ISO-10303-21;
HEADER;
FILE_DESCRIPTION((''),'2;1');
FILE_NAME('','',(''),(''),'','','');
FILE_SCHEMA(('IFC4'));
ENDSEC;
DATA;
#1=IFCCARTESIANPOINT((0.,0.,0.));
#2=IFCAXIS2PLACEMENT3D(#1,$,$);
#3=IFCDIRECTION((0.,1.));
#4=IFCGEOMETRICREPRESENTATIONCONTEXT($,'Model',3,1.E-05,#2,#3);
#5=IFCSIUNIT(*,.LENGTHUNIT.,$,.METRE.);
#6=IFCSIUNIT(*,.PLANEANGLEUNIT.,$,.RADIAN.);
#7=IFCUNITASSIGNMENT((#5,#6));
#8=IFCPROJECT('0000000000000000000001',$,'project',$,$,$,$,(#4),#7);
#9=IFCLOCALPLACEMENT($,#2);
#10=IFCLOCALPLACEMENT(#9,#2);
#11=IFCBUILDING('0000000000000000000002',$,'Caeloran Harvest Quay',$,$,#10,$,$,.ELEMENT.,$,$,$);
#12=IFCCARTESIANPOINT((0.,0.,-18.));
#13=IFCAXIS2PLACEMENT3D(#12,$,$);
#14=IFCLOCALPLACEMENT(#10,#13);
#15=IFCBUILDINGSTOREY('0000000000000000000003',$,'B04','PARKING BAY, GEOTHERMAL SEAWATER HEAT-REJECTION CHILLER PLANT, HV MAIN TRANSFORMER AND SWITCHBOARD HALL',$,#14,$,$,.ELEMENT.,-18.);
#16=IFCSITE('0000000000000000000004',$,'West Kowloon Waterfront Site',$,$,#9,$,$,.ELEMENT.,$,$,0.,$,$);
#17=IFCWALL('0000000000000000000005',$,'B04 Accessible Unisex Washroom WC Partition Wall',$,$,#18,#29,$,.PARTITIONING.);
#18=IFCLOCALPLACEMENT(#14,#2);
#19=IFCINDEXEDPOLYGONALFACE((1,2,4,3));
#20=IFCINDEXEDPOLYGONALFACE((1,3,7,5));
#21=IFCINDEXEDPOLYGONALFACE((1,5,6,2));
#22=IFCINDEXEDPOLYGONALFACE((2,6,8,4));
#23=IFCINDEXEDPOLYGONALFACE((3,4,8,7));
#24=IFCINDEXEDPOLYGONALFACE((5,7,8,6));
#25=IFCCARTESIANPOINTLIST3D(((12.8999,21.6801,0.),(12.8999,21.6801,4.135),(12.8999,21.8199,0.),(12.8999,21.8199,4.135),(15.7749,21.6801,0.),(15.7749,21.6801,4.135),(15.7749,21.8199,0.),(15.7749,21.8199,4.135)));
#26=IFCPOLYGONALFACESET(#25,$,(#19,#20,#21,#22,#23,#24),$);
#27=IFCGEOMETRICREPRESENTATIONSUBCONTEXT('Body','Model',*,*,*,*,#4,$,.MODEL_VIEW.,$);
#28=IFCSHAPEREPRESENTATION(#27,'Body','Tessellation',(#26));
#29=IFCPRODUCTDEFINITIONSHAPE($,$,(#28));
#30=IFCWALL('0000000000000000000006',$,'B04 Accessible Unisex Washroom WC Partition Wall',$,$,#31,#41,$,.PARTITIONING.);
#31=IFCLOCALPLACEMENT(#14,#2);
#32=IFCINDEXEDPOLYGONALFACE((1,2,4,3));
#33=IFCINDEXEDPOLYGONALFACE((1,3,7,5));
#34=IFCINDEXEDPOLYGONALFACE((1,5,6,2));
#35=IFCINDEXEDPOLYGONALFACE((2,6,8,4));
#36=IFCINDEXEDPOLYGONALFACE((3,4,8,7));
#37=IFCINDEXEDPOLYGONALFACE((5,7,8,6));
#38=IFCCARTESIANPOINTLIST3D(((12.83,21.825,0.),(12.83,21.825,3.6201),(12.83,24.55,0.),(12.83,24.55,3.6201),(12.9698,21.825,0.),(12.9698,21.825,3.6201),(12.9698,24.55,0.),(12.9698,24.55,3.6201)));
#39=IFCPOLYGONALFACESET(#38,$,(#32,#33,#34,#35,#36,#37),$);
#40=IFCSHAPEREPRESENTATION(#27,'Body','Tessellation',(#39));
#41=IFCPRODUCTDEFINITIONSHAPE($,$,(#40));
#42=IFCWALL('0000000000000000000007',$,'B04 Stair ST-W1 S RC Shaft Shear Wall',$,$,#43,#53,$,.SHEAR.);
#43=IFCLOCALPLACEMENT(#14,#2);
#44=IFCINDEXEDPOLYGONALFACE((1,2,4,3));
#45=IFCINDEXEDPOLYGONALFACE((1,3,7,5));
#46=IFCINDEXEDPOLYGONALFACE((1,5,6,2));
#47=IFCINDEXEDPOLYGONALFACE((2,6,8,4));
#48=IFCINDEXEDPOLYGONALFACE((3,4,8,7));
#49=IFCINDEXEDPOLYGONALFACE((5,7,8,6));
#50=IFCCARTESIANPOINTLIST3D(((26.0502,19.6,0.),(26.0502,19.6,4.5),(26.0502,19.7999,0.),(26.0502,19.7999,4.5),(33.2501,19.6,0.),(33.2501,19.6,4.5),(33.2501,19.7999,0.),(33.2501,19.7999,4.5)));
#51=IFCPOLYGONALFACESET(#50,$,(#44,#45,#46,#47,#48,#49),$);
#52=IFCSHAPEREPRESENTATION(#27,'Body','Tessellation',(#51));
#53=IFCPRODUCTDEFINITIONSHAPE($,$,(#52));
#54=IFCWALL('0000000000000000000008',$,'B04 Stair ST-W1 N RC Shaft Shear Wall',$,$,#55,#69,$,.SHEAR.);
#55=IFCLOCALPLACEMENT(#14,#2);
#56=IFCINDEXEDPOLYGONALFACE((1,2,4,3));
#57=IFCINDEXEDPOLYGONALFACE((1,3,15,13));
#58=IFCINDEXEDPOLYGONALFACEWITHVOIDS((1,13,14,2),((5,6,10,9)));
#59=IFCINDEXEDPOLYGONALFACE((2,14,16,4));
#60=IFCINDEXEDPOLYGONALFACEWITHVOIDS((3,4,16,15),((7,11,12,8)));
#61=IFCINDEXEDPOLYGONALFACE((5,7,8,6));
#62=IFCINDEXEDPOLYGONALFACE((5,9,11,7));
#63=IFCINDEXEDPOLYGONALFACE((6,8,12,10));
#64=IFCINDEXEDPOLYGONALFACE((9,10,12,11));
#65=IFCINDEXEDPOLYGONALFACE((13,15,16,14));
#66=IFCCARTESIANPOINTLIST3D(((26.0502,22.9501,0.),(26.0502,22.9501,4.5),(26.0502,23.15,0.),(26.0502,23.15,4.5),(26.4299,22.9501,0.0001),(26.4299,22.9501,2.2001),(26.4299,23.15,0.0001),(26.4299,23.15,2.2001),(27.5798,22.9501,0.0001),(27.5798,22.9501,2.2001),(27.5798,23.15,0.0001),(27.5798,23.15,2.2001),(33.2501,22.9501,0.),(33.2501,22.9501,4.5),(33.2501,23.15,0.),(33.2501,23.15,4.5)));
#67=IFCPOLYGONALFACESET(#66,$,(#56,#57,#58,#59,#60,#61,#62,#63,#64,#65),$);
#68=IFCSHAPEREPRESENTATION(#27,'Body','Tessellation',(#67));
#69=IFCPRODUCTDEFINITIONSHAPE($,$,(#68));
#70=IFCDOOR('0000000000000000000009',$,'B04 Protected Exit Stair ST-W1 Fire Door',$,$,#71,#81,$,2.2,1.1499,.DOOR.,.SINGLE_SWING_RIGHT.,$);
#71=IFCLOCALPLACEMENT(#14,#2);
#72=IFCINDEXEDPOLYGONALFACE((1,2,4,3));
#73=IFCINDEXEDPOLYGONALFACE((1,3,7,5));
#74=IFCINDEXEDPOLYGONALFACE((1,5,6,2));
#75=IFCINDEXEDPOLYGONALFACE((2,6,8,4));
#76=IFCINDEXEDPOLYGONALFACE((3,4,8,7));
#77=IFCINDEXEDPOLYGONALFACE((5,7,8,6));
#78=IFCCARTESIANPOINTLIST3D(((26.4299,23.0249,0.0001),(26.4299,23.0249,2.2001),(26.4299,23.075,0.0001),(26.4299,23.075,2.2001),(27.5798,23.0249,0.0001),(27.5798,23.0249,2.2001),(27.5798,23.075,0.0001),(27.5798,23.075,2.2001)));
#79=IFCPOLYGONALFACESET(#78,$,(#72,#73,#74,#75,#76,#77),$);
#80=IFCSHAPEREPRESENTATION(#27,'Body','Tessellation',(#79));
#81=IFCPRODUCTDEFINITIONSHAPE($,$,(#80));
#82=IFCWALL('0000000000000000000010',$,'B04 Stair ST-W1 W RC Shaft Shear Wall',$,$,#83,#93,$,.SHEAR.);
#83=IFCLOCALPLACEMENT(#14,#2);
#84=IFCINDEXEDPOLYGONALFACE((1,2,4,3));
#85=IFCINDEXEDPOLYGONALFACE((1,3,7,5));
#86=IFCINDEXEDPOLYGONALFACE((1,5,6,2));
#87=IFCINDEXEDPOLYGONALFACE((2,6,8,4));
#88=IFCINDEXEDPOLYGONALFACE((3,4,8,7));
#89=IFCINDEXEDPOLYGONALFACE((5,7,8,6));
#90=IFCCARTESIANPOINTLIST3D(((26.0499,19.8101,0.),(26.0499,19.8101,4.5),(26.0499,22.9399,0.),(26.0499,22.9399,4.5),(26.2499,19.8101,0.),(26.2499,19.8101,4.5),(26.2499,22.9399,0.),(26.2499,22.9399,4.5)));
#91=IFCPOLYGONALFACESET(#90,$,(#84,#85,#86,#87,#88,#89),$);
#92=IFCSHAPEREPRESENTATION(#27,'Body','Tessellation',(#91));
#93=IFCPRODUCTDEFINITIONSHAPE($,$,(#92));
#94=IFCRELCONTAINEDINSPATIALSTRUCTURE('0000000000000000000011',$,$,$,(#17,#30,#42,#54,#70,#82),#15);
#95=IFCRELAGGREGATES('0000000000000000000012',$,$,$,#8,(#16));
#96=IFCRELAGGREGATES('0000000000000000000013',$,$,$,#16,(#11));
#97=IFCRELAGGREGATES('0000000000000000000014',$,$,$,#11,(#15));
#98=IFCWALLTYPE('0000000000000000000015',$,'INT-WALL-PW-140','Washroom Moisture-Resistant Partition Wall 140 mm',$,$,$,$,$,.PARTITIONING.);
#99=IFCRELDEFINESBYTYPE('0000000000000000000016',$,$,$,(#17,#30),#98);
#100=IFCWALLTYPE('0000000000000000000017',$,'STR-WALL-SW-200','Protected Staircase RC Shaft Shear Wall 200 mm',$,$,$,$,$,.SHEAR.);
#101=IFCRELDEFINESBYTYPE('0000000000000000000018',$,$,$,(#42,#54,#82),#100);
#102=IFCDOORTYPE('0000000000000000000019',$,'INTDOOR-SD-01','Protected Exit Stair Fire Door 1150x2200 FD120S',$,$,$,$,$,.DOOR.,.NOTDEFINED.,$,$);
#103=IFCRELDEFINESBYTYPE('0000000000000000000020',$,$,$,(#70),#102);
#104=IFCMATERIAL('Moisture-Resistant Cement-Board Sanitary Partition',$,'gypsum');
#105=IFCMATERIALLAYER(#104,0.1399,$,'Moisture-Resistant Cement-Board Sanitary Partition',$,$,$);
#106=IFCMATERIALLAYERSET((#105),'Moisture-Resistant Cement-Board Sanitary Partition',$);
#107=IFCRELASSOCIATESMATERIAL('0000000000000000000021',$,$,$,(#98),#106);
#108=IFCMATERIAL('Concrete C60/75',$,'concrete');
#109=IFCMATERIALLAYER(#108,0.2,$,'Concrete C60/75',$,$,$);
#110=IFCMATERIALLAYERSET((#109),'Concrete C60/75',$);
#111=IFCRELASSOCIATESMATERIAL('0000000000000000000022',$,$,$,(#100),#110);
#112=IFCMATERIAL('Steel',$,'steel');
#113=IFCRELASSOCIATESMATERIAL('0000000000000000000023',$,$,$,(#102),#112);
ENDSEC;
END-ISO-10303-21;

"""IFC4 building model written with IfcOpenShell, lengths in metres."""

from ifc_helpers import new_model, si_unit, direction, frame, frame_2d, origin, place, context, subcontext, project, spatial, rectangle, extrude, material, layer, layer_set, type_object, element, fill, save


model = new_model("IFC4")

# Units and contexts
model_context = context("Model", 3, precision=1e-05, world=origin(), true_north=direction((0.0, 1.0)))
body_context = subcontext(model_context, "Body", "Model", "MODEL_VIEW")
ifc_project = project(units=[si_unit("LENGTHUNIT", "METRE"), si_unit("PLANEANGLEUNIT", "RADIAN")], contexts=[model_context])

# Site, building, storey
site_placement = place(None, origin())
site = spatial("IfcSite", under=ifc_project, at=site_placement, Name="West Kowloon Waterfront Site", CompositionType="ELEMENT", RefElevation=0.0)
building_placement = place(site_placement, origin())
building = spatial("IfcBuilding", under=site, at=building_placement, Name="Caeloran Harvest Quay", CompositionType="ELEMENT")
storey_placement = place(building_placement, frame((0.0, 0.0, -18.0)))
storey = spatial("IfcBuildingStorey", under=building, at=storey_placement, Name="B04", Description="PARKING BAY, GEOTHERMAL SEAWATER HEAT-REJECTION CHILLER PLANT, HV MAIN TRANSFORMER AND SWITCHBOARD HALL", CompositionType="ELEMENT", Elevation=-18.0)

# Shared definitions
ifc_material_1 = material(Name="Concrete C60/75", Category="concrete")

# Shared definitions
ifc_material_2 = material(Name="Moisture-Resistant Cement-Board Sanitary Partition", Category="gypsum")
ifc_layer_1 = layer(ifc_material_2, 0.1399, Name="Moisture-Resistant Cement-Board Sanitary Partition")
ifc_layer_set_1 = layer_set([ifc_layer_1], Name="Moisture-Resistant Cement-Board Sanitary Partition")
wall_type_1 = type_object("IfcWallType", Name="INT-WALL-PW-140", Description="Washroom Moisture-Resistant Partition Wall 140 mm", PredefinedType="PARTITIONING", material=ifc_layer_set_1)

# Walls
wall_1_placement = place(storey_placement, frame((15.7749, 21.75, 0.0), z_axis=(0.0, 0.0, 1.0), x_axis=(-1.0, 0.0, 0.0)))
element("IfcWall", 1, at=wall_1_placement, inside=storey, type_object=wall_type_1, Name="B04 Accessible Unisex Washroom WC Partition Wall", PredefinedType="PARTITIONING", context=body_context, shape_type="SweptSolid", body=[
    extrude(rectangle(XDim=2.875, YDim=0.1399, at=frame_2d((1.4375, 0.0))), origin(), (0.0, 0.0, 1.0), 4.135),
])
wall_2_placement = place(storey_placement, frame((12.8999, 21.825, 0.0), z_axis=(0.0, 0.0, 1.0), x_axis=(0.0, 1.0, 0.0)))
element("IfcWall", 2, at=wall_2_placement, inside=storey, type_object=wall_type_1, Name="B04 Accessible Unisex Washroom WC Partition Wall", PredefinedType="PARTITIONING", context=body_context, shape_type="SweptSolid", body=[
    extrude(rectangle(XDim=2.7251, YDim=0.1399, at=frame_2d((1.3625, 0.0))), origin(), (0.0, 0.0, 1.0), 3.6201),
])

# Wall
ifc_layer_2 = layer(ifc_material_1, 0.2, Name="Concrete C60/75")
ifc_layer_set_2 = layer_set([ifc_layer_2], Name="Concrete C60/75")
wall_type_2 = type_object("IfcWallType", Name="STR-WALL-SW-200", Description="Protected Staircase RC Shaft Shear Wall 200 mm", PredefinedType="SHEAR", material=ifc_layer_set_2)
wall_3_placement = place(storey_placement, frame((26.05, 19.7, 0.0), z_axis=(0.0, 0.0, 1.0), x_axis=(1.0, 0.0, 0.0)))
element("IfcWall", 3, at=wall_3_placement, inside=storey, type_object=wall_type_2, Name="B04 Stair ST-W1 S RC Shaft Shear Wall", PredefinedType="SHEAR", context=body_context, shape_type="SweptSolid", body=[
    extrude(rectangle(XDim=7.2, YDim=0.2, at=frame_2d((3.6001, 0.0))), origin(), (0.0, 0.0, 1.0), 4.5),
])

# Wall, opening, door
wall_4_placement = place(storey_placement, frame((26.05, 23.05, 0.0), z_axis=(0.0, 0.0, 1.0), x_axis=(1.0, 0.0, 0.0)))
wall_4 = element("IfcWall", 4, at=wall_4_placement, inside=storey, type_object=wall_type_2, Name="B04 Stair ST-W1 N RC Shaft Shear Wall", PredefinedType="SHEAR", context=body_context, shape_type="SweptSolid", body=[
    extrude(rectangle(XDim=7.2, YDim=0.2, at=frame_2d((3.6001, 0.0))), origin(), (0.0, 0.0, 1.0), 4.5),
])
opening_1_placement = place(wall_4_placement, frame((0.3799, 0.0, 0.0)))
opening_1 = element("IfcOpeningElement", 5, at=opening_1_placement, cuts=wall_4, PredefinedType="OPENING", context=body_context, shape_type="SweptSolid", body=[
    extrude(rectangle(XDim=1.1499, YDim=2.2, at=frame_2d((0.575, 1.1001))), frame((0.0, 0.1099, 0.0), z_axis=(0.0, -1.0, 0.0), x_axis=(1.0, 0.0, 0.0)), (0.0, 0.0, 1.0), 0.22),
])
ifc_material_3 = material(Name="Steel", Category="steel")
door_type_1 = type_object("IfcDoorType", Name="INTDOOR-SD-01", Description="Protected Exit Stair Fire Door 1150x2200 FD120S", OperationType="NOTDEFINED", PredefinedType="DOOR", material=ifc_material_3)
door_1_placement = place(opening_1_placement, origin())
door_1 = element("IfcDoor", 6, at=door_1_placement, inside=storey, type_object=door_type_1, Name="B04 Protected Exit Stair ST-W1 Fire Door", OperationType="SINGLE_SWING_RIGHT", OverallHeight=2.2, OverallWidth=1.1499, PredefinedType="DOOR", context=body_context, shape_type="SweptSolid", body=[
    extrude(rectangle(XDim=1.1499, YDim=2.2, at=frame_2d((0.575, 1.1001))), frame((0.0, 0.0249, 0.0), z_axis=(0.0, -1.0, 0.0), x_axis=(1.0, 0.0, 0.0)), (0.0, 0.0, 1.0), 0.05),
])
fill(opening_1, door_1)

# Wall
wall_5_placement = place(storey_placement, frame((26.1499, 19.8101, 0.0), z_axis=(0.0, 0.0, 1.0), x_axis=(0.0, 1.0, 0.0)))
element("IfcWall", 7, at=wall_5_placement, inside=storey, type_object=wall_type_2, Name="B04 Stair ST-W1 W RC Shaft Shear Wall", PredefinedType="SHEAR", context=body_context, shape_type="SweptSolid", body=[
    extrude(rectangle(XDim=3.1299, YDim=0.2, at=frame_2d((1.5649, 0.0))), origin(), (0.0, 0.0, 1.0), 4.5),
])

save(model, "model.ifc")
